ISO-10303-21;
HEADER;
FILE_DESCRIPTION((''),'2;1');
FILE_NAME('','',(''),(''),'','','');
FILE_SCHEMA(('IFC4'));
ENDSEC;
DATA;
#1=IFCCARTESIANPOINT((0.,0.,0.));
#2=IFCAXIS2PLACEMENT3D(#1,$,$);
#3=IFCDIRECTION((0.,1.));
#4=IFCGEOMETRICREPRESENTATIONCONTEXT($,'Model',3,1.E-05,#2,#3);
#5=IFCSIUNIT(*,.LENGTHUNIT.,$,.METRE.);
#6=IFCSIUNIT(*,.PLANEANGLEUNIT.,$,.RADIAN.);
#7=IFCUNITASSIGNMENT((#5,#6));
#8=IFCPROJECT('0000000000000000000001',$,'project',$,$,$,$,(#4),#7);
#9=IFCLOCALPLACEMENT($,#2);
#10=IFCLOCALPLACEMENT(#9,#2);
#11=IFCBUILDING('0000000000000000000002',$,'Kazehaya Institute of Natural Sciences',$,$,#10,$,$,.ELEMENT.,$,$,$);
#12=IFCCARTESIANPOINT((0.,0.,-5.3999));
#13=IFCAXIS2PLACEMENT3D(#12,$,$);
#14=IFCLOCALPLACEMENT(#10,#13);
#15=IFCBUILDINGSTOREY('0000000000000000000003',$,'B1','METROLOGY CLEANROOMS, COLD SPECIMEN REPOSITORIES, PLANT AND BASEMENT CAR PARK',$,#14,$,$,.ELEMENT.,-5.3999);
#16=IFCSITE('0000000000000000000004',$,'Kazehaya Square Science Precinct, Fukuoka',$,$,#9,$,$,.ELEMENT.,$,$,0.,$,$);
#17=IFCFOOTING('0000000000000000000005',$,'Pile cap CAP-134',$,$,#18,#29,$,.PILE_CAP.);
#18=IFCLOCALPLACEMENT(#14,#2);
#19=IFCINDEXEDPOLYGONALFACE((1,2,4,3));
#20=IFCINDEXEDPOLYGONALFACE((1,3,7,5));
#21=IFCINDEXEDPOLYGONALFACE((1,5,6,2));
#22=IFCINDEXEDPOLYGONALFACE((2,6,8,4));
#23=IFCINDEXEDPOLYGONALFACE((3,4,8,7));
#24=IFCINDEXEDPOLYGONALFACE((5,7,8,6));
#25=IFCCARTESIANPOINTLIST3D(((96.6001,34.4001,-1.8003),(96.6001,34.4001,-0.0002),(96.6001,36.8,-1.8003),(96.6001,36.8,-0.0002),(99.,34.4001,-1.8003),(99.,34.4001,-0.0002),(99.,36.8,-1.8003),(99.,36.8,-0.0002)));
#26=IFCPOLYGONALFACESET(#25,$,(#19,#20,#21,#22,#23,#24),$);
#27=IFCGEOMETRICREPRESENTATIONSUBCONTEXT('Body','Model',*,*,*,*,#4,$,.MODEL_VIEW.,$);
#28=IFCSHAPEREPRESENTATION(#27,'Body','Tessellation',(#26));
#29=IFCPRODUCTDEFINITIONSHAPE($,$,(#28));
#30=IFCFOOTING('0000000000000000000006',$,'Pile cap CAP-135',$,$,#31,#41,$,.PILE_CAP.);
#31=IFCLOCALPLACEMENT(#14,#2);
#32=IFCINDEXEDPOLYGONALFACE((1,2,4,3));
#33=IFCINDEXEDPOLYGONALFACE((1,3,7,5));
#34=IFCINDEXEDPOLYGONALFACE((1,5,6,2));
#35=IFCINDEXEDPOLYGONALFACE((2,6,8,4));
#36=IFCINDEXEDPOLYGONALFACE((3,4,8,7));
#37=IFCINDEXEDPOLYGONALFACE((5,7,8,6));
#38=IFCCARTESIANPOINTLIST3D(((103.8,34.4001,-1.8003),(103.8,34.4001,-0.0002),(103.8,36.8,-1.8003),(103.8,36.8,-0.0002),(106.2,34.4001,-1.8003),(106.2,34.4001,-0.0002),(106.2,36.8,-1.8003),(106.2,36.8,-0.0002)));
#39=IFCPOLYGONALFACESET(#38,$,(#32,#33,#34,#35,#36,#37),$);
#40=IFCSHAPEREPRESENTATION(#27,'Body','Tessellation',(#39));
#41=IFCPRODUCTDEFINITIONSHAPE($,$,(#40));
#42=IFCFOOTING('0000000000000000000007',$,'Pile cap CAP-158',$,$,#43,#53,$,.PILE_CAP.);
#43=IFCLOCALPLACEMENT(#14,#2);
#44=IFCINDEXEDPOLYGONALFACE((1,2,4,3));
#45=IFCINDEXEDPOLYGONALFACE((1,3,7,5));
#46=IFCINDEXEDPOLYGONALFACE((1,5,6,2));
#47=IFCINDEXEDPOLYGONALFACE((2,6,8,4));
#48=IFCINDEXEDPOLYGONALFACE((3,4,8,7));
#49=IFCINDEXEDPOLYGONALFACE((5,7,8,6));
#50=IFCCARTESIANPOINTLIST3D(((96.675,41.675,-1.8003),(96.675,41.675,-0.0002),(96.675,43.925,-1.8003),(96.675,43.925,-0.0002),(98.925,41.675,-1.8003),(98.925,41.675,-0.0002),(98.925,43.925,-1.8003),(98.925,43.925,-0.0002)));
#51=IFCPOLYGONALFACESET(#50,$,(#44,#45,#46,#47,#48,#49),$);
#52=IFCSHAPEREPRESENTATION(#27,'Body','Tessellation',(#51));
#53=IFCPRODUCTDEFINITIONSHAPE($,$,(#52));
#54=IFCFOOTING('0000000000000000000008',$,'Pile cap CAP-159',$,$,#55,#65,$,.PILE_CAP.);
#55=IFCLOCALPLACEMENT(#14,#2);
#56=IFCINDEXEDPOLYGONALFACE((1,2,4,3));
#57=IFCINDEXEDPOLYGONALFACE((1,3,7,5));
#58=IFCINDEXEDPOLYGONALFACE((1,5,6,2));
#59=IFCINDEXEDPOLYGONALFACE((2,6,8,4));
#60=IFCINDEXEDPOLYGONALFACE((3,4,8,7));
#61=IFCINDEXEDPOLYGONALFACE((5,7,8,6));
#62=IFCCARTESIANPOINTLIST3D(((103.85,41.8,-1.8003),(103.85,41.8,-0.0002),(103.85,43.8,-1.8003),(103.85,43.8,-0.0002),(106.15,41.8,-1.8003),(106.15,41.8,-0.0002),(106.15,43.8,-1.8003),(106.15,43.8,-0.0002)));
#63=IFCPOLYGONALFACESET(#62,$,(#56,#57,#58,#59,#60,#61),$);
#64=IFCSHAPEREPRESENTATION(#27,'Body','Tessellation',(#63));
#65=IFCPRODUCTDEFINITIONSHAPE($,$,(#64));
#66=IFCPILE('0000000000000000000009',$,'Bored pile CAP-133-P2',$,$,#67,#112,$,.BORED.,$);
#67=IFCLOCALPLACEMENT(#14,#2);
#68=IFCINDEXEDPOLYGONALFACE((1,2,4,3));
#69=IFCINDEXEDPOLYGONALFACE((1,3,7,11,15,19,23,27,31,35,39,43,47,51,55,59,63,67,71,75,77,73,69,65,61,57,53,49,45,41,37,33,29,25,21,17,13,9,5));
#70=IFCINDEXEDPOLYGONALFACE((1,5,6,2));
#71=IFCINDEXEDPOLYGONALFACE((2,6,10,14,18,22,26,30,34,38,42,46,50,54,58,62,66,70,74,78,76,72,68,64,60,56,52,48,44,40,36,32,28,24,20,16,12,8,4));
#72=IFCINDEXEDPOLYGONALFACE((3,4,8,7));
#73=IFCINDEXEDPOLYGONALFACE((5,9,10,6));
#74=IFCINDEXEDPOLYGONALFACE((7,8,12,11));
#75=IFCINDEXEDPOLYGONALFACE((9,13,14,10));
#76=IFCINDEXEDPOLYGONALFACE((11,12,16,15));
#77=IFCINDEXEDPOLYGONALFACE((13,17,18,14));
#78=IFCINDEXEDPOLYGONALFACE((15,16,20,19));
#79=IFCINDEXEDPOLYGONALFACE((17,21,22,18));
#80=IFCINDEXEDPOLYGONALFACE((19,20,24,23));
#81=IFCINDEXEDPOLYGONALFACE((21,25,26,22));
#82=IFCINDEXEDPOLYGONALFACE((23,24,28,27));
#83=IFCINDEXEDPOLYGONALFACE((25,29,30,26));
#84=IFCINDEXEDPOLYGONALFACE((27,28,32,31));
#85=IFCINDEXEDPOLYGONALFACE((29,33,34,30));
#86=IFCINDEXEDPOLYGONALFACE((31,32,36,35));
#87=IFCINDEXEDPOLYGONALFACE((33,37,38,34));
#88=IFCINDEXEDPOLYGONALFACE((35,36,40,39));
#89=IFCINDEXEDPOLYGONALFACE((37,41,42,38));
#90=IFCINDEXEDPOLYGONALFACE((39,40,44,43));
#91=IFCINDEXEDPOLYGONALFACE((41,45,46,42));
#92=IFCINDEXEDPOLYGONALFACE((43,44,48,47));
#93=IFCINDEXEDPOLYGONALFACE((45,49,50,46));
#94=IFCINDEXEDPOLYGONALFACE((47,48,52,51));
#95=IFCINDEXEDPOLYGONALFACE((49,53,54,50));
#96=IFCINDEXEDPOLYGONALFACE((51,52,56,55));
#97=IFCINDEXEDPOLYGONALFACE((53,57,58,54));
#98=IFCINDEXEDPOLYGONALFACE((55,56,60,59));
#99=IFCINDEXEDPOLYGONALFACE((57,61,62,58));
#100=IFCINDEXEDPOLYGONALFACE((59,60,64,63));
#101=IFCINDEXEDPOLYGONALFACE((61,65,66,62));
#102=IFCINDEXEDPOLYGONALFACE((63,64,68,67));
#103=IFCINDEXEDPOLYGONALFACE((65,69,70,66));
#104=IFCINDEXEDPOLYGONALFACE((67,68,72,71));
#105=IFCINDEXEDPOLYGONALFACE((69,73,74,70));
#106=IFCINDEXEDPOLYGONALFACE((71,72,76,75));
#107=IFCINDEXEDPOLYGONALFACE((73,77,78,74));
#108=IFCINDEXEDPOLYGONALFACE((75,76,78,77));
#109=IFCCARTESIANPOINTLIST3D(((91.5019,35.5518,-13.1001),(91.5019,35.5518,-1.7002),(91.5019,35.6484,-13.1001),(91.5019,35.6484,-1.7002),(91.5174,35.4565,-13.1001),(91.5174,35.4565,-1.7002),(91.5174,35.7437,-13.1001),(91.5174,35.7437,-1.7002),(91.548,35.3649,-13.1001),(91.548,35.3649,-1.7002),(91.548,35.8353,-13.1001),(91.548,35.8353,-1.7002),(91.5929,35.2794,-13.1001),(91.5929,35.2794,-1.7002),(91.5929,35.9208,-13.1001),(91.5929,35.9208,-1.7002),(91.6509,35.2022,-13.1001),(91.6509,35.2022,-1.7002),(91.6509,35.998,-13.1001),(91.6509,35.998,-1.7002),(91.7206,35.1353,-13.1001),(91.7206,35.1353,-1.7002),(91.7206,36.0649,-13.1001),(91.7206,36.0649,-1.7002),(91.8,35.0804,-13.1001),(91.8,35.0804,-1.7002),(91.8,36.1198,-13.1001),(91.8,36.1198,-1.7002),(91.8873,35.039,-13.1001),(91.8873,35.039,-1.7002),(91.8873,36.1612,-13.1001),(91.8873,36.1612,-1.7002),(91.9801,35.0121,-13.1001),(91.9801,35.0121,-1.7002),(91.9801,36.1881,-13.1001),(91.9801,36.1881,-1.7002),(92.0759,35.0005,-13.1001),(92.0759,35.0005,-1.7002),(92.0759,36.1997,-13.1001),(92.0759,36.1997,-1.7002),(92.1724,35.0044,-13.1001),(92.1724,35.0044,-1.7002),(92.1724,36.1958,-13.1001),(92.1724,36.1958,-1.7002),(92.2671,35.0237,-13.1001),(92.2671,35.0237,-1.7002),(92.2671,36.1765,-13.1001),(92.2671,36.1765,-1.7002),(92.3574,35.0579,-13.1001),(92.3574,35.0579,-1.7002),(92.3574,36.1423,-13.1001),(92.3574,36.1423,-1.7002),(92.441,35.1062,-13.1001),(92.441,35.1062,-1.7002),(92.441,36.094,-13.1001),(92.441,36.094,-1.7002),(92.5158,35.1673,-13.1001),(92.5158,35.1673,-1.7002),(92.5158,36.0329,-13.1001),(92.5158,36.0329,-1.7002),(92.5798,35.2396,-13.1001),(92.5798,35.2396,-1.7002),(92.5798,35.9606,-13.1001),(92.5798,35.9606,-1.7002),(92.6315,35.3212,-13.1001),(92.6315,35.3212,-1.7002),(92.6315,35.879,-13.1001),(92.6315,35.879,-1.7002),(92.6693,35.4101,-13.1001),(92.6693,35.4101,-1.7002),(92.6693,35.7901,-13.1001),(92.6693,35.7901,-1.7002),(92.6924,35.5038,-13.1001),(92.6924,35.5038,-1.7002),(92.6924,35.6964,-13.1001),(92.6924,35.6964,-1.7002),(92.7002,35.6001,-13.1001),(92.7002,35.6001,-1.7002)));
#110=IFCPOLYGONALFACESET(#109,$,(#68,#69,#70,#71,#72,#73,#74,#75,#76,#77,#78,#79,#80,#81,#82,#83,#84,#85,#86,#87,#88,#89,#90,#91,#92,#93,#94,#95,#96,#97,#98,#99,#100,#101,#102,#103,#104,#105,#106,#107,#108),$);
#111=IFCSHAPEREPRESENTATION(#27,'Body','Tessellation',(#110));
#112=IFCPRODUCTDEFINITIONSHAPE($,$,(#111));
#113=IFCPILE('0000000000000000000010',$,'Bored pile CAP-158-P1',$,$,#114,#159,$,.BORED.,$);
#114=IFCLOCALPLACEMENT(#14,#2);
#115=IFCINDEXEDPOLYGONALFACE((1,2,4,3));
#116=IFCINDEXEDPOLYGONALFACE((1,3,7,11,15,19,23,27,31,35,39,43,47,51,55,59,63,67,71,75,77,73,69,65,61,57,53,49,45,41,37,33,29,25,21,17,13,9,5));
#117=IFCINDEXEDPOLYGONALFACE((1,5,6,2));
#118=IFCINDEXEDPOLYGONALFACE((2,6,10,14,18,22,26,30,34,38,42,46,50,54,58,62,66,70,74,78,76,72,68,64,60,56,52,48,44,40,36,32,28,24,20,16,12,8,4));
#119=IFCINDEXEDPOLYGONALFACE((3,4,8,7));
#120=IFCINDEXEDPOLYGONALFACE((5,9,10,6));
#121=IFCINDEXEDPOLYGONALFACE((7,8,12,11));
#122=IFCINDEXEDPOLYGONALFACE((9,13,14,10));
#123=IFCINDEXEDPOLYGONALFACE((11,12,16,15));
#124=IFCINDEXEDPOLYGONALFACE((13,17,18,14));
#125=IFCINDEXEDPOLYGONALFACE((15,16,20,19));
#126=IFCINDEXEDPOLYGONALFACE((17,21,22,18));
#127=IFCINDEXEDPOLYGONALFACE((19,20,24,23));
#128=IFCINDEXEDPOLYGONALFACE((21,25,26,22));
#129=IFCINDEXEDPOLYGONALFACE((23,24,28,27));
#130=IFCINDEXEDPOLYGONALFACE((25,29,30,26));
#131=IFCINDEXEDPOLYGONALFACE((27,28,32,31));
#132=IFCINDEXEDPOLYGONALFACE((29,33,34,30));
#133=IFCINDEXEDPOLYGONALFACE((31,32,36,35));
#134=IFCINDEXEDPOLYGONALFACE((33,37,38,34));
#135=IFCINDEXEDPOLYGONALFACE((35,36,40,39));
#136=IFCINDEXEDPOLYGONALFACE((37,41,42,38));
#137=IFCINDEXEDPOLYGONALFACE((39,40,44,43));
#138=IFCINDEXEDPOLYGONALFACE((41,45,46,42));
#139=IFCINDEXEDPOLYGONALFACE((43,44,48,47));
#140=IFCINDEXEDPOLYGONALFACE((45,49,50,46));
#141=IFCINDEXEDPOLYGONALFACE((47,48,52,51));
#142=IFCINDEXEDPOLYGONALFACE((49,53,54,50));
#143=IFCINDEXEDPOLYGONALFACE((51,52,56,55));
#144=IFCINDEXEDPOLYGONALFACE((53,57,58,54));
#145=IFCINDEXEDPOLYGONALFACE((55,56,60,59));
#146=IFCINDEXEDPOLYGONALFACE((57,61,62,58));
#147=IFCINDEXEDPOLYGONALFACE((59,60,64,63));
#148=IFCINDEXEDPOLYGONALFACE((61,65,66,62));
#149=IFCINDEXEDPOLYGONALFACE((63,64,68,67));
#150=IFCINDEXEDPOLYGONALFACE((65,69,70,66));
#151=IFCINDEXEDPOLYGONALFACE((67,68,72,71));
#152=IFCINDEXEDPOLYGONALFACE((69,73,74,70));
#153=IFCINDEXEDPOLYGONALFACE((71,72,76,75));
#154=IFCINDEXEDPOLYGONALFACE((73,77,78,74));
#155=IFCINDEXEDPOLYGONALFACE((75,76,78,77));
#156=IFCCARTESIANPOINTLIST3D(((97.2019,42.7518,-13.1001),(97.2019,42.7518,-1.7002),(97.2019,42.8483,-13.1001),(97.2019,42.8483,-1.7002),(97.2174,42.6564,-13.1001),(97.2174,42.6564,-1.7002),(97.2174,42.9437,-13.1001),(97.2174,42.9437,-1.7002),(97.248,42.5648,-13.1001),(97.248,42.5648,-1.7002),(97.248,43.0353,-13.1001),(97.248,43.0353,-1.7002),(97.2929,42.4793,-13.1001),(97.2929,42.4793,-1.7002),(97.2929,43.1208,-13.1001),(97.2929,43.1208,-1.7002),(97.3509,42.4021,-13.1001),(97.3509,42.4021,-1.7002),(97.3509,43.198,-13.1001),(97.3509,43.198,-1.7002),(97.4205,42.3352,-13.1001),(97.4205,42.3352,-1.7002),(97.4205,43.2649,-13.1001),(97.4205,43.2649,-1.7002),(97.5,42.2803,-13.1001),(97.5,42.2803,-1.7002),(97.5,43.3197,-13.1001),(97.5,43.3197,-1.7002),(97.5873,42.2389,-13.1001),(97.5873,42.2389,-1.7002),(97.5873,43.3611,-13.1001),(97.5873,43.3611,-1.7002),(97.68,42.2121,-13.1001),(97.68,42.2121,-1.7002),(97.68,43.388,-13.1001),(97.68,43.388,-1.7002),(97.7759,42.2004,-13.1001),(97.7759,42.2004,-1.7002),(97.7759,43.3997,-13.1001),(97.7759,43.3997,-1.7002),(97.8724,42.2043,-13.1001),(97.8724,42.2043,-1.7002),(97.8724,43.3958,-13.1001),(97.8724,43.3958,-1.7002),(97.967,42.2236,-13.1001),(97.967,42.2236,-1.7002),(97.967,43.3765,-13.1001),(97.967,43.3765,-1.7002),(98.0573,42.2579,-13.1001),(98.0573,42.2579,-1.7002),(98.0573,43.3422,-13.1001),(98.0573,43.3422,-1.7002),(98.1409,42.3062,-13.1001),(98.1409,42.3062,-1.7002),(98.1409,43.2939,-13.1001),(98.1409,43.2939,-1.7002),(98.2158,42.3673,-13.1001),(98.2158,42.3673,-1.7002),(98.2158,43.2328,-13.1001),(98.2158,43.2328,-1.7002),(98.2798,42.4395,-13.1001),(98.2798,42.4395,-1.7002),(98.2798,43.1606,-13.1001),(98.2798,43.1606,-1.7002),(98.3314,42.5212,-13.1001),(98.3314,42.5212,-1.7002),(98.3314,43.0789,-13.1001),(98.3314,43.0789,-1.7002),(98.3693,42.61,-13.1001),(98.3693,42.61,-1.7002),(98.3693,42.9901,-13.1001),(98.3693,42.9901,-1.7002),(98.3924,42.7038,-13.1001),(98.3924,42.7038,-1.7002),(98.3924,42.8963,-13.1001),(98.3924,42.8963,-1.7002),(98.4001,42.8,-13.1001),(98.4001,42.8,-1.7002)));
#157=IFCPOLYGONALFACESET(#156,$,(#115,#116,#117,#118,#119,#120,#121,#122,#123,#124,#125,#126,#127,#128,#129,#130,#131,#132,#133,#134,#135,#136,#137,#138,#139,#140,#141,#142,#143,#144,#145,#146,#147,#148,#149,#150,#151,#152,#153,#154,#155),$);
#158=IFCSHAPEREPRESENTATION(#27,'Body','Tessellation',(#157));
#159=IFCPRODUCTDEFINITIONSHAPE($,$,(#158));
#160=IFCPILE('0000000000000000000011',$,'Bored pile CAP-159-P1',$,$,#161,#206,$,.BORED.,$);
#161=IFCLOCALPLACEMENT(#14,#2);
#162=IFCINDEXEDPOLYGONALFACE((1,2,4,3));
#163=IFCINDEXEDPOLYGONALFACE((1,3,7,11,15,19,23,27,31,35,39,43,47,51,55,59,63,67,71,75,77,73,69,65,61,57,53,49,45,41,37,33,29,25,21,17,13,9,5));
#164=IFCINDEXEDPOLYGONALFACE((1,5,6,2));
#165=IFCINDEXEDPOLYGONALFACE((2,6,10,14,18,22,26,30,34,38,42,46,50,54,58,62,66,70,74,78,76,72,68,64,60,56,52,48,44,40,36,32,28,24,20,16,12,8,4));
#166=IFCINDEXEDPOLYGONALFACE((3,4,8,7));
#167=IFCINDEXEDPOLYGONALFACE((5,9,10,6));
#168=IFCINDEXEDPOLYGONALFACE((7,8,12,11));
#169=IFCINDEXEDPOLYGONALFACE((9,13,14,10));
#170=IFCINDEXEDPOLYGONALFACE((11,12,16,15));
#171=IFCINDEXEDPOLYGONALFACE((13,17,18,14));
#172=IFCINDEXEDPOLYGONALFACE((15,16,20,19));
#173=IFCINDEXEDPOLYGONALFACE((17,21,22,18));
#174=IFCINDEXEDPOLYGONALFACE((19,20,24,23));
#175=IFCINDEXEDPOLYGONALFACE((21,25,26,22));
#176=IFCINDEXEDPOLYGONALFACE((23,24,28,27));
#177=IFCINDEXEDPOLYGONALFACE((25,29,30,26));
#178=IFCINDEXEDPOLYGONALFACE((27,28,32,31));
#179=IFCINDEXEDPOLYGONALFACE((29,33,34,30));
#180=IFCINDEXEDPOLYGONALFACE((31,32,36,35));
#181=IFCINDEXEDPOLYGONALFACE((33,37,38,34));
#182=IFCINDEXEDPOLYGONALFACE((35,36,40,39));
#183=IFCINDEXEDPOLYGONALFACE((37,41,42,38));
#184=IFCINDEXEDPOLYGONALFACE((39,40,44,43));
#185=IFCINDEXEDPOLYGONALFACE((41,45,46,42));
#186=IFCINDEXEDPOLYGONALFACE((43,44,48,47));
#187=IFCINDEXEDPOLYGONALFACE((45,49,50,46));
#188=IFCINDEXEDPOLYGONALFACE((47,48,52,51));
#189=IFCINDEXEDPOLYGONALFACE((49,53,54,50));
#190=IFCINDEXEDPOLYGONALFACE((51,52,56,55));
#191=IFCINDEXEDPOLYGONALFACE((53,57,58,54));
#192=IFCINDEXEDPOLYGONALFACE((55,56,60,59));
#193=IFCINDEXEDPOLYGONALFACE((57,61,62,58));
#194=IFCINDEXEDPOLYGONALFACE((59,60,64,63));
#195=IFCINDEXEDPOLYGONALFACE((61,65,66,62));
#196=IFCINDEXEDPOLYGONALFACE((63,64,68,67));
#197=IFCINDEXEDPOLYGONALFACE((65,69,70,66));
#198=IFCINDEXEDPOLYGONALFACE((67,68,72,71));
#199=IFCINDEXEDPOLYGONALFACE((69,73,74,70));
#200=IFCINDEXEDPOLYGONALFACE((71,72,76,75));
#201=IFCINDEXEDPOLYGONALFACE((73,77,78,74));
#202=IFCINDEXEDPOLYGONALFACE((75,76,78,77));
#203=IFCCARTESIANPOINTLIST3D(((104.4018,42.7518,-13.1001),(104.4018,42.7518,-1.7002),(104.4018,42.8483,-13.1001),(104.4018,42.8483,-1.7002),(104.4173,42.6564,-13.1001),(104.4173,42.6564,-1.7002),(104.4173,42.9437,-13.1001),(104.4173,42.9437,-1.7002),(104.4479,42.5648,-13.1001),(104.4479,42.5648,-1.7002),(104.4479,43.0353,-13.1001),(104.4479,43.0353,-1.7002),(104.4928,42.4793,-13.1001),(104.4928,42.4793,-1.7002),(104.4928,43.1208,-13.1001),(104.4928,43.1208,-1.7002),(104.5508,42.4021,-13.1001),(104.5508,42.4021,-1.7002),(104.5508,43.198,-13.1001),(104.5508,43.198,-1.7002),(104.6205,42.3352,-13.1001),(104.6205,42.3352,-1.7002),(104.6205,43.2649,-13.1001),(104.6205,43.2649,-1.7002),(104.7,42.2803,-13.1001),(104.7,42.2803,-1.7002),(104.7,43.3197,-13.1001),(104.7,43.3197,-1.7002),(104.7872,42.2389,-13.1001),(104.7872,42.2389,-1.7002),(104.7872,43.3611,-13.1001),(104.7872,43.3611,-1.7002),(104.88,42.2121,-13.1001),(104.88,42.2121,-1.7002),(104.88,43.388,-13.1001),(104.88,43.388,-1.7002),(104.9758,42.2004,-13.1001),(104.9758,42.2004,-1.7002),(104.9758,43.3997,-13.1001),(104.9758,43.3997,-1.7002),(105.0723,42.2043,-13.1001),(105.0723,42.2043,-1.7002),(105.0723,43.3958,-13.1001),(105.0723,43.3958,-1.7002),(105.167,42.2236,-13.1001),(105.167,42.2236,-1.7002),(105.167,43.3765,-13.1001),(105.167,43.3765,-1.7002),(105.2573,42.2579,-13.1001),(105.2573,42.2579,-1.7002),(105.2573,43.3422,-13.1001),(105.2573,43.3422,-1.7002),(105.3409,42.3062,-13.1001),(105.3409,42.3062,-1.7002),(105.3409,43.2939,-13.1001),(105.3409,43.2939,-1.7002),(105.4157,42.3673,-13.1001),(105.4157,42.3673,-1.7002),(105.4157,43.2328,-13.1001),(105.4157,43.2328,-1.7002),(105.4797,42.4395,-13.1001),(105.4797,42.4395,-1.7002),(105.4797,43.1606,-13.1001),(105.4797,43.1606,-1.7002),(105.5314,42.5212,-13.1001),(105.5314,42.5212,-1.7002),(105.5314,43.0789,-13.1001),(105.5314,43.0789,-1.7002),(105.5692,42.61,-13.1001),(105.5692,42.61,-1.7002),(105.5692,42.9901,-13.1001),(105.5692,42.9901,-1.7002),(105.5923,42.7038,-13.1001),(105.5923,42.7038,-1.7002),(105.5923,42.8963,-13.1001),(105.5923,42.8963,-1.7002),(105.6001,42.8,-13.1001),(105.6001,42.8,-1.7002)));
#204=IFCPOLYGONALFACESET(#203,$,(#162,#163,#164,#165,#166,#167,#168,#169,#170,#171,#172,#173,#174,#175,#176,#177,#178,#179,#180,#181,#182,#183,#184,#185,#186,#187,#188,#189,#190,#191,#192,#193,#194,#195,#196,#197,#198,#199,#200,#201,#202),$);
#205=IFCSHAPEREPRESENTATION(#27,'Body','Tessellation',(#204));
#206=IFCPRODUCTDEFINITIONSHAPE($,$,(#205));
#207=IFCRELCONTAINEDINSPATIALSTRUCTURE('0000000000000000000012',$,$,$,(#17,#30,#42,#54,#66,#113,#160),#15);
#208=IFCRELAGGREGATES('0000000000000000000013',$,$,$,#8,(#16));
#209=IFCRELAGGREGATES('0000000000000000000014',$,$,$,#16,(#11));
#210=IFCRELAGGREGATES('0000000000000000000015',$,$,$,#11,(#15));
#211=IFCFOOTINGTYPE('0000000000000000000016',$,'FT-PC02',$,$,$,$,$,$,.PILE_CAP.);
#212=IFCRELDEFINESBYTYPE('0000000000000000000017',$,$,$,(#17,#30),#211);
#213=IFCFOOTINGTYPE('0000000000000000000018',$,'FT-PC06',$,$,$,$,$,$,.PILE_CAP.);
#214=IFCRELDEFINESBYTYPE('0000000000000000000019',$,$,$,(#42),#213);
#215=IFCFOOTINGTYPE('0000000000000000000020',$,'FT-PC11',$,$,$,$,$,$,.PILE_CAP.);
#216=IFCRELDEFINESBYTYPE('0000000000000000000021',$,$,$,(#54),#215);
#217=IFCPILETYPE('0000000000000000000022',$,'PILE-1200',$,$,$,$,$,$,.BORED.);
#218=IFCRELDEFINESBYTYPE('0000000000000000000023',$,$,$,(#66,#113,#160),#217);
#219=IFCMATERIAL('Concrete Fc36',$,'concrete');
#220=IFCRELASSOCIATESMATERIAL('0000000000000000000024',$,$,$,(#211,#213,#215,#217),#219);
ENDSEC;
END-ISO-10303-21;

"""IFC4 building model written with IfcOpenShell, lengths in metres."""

from ifc_helpers import new_model, si_unit, direction, frame, origin, origin_2d, place, context, subcontext, project, spatial, rectangle, circle, extrude, material, material_profile, profile_set, type_object, element, save


model = new_model("IFC4")

# Units and contexts
model_context = context("Model", 3, precision=1e-05, world=origin(), true_north=direction((0.0, 1.0)))
body_context = subcontext(model_context, "Body", "Model", "MODEL_VIEW")
ifc_project = project(units=[si_unit("LENGTHUNIT", "METRE"), si_unit("PLANEANGLEUNIT", "RADIAN")], contexts=[model_context])

# Site, building, storey
site_placement = place(None, origin())
site = spatial("IfcSite", under=ifc_project, at=site_placement, Name="Kazehaya Square Science Precinct, Fukuoka", CompositionType="ELEMENT", RefElevation=0.0)
building_placement = place(site_placement, origin())
building = spatial("IfcBuilding", under=site, at=building_placement, Name="Kazehaya Institute of Natural Sciences", CompositionType="ELEMENT")
storey_placement = place(building_placement, frame((0.0, 0.0, -5.3999)))
storey = spatial("IfcBuildingStorey", under=building, at=storey_placement, Name="B1", Description="METROLOGY CLEANROOMS, COLD SPECIMEN REPOSITORIES, PLANT AND BASEMENT CAR PARK", CompositionType="ELEMENT", Elevation=-5.3999)

# Footings
ifc_material_1 = material(Name="Concrete Fc36", Category="concrete")
footing_type_1 = type_object("IfcFootingType", Name="FT-PC02", PredefinedType="PILE_CAP", material=ifc_material_1)
for number, where, z_axis, x_axis, name in (
    (1, (97.8, 35.6001, -1.8003), (0.0, 0.0, 1.0), (1.0, 0.0, 0.0), "Pile cap CAP-134"),
    (2, (105.0, 35.6001, -1.8003), (0.0, 0.0, 1.0), (1.0, 0.0, 0.0), "Pile cap CAP-135"),
):
    element("IfcFooting", number, at=place(storey_placement, frame(where, z_axis=z_axis, x_axis=x_axis)), inside=storey, type_object=footing_type_1, Name=name, PredefinedType="PILE_CAP", context=body_context, shape_type="SweptSolid", body=[
        extrude(rectangle(XDim=2.3999, YDim=2.3999, at=origin_2d()), origin(), (0.0, 0.0, 1.0), 1.8),
    ])
footing_type_2 = type_object("IfcFootingType", Name="FT-PC06", PredefinedType="PILE_CAP", material=ifc_material_1)
footing_1_placement = place(storey_placement, frame((97.8, 42.8, -1.8003), z_axis=(0.0, 0.0, 1.0), x_axis=(1.0, 0.0, 0.0)))
element("IfcFooting", 3, at=footing_1_placement, inside=storey, type_object=footing_type_2, Name="Pile cap CAP-158", PredefinedType="PILE_CAP", context=body_context, shape_type="SweptSolid", body=[
    extrude(rectangle(XDim=2.25, YDim=2.25, at=origin_2d()), origin(), (0.0, 0.0, 1.0), 1.8),
])
footing_type_3 = type_object("IfcFootingType", Name="FT-PC11", PredefinedType="PILE_CAP", material=ifc_material_1)
footing_2_placement = place(storey_placement, frame((105.0, 42.8, -1.8003), z_axis=(0.0, 0.0, 1.0), x_axis=(1.0, 0.0, 0.0)))
element("IfcFooting", 4, at=footing_2_placement, inside=storey, type_object=footing_type_3, Name="Pile cap CAP-159", PredefinedType="PILE_CAP", context=body_context, shape_type="SweptSolid", body=[
    extrude(rectangle(XDim=2.3, YDim=2.0, at=origin_2d()), origin(), (0.0, 0.0, 1.0), 1.8),
])

# Piles
ifc_material_profile_1 = material_profile(ifc_material_1, circle(Radius=0.6001, at=origin_2d()), Name="PILE-1200")
ifc_profile_set_1 = profile_set([ifc_material_profile_1], Name="Concrete Fc36")
pile_type_1 = type_object("IfcPileType", Name="PILE-1200", PredefinedType="BORED", material=ifc_profile_set_1)
for number, where, z_axis, x_axis, name in (
    (5, (92.1001, 35.6001, -1.7002), (0.0, 0.0, -1.0), (1.0, 0.0, 0.0), "Bored pile CAP-133-P2"),
    (6, (97.8, 42.8, -1.7002), (0.0, 0.0, -1.0), (1.0, 0.0, 0.0), "Bored pile CAP-158-P1"),
    (7, (105.0, 42.8, -1.7002), (0.0, 0.0, -1.0), (1.0, 0.0, 0.0), "Bored pile CAP-159-P1"),
):
    element("IfcPile", number, at=place(storey_placement, frame(where, z_axis=z_axis, x_axis=x_axis)), inside=storey, type_object=pile_type_1, Name=name, PredefinedType="BORED", context=body_context, shape_type="SweptSolid", body=[
        extrude(circle(Radius=0.6001, at=origin_2d()), origin(), (0.0, 0.0, 1.0), 11.3999),
    ])

save(model, "model.ifc")
